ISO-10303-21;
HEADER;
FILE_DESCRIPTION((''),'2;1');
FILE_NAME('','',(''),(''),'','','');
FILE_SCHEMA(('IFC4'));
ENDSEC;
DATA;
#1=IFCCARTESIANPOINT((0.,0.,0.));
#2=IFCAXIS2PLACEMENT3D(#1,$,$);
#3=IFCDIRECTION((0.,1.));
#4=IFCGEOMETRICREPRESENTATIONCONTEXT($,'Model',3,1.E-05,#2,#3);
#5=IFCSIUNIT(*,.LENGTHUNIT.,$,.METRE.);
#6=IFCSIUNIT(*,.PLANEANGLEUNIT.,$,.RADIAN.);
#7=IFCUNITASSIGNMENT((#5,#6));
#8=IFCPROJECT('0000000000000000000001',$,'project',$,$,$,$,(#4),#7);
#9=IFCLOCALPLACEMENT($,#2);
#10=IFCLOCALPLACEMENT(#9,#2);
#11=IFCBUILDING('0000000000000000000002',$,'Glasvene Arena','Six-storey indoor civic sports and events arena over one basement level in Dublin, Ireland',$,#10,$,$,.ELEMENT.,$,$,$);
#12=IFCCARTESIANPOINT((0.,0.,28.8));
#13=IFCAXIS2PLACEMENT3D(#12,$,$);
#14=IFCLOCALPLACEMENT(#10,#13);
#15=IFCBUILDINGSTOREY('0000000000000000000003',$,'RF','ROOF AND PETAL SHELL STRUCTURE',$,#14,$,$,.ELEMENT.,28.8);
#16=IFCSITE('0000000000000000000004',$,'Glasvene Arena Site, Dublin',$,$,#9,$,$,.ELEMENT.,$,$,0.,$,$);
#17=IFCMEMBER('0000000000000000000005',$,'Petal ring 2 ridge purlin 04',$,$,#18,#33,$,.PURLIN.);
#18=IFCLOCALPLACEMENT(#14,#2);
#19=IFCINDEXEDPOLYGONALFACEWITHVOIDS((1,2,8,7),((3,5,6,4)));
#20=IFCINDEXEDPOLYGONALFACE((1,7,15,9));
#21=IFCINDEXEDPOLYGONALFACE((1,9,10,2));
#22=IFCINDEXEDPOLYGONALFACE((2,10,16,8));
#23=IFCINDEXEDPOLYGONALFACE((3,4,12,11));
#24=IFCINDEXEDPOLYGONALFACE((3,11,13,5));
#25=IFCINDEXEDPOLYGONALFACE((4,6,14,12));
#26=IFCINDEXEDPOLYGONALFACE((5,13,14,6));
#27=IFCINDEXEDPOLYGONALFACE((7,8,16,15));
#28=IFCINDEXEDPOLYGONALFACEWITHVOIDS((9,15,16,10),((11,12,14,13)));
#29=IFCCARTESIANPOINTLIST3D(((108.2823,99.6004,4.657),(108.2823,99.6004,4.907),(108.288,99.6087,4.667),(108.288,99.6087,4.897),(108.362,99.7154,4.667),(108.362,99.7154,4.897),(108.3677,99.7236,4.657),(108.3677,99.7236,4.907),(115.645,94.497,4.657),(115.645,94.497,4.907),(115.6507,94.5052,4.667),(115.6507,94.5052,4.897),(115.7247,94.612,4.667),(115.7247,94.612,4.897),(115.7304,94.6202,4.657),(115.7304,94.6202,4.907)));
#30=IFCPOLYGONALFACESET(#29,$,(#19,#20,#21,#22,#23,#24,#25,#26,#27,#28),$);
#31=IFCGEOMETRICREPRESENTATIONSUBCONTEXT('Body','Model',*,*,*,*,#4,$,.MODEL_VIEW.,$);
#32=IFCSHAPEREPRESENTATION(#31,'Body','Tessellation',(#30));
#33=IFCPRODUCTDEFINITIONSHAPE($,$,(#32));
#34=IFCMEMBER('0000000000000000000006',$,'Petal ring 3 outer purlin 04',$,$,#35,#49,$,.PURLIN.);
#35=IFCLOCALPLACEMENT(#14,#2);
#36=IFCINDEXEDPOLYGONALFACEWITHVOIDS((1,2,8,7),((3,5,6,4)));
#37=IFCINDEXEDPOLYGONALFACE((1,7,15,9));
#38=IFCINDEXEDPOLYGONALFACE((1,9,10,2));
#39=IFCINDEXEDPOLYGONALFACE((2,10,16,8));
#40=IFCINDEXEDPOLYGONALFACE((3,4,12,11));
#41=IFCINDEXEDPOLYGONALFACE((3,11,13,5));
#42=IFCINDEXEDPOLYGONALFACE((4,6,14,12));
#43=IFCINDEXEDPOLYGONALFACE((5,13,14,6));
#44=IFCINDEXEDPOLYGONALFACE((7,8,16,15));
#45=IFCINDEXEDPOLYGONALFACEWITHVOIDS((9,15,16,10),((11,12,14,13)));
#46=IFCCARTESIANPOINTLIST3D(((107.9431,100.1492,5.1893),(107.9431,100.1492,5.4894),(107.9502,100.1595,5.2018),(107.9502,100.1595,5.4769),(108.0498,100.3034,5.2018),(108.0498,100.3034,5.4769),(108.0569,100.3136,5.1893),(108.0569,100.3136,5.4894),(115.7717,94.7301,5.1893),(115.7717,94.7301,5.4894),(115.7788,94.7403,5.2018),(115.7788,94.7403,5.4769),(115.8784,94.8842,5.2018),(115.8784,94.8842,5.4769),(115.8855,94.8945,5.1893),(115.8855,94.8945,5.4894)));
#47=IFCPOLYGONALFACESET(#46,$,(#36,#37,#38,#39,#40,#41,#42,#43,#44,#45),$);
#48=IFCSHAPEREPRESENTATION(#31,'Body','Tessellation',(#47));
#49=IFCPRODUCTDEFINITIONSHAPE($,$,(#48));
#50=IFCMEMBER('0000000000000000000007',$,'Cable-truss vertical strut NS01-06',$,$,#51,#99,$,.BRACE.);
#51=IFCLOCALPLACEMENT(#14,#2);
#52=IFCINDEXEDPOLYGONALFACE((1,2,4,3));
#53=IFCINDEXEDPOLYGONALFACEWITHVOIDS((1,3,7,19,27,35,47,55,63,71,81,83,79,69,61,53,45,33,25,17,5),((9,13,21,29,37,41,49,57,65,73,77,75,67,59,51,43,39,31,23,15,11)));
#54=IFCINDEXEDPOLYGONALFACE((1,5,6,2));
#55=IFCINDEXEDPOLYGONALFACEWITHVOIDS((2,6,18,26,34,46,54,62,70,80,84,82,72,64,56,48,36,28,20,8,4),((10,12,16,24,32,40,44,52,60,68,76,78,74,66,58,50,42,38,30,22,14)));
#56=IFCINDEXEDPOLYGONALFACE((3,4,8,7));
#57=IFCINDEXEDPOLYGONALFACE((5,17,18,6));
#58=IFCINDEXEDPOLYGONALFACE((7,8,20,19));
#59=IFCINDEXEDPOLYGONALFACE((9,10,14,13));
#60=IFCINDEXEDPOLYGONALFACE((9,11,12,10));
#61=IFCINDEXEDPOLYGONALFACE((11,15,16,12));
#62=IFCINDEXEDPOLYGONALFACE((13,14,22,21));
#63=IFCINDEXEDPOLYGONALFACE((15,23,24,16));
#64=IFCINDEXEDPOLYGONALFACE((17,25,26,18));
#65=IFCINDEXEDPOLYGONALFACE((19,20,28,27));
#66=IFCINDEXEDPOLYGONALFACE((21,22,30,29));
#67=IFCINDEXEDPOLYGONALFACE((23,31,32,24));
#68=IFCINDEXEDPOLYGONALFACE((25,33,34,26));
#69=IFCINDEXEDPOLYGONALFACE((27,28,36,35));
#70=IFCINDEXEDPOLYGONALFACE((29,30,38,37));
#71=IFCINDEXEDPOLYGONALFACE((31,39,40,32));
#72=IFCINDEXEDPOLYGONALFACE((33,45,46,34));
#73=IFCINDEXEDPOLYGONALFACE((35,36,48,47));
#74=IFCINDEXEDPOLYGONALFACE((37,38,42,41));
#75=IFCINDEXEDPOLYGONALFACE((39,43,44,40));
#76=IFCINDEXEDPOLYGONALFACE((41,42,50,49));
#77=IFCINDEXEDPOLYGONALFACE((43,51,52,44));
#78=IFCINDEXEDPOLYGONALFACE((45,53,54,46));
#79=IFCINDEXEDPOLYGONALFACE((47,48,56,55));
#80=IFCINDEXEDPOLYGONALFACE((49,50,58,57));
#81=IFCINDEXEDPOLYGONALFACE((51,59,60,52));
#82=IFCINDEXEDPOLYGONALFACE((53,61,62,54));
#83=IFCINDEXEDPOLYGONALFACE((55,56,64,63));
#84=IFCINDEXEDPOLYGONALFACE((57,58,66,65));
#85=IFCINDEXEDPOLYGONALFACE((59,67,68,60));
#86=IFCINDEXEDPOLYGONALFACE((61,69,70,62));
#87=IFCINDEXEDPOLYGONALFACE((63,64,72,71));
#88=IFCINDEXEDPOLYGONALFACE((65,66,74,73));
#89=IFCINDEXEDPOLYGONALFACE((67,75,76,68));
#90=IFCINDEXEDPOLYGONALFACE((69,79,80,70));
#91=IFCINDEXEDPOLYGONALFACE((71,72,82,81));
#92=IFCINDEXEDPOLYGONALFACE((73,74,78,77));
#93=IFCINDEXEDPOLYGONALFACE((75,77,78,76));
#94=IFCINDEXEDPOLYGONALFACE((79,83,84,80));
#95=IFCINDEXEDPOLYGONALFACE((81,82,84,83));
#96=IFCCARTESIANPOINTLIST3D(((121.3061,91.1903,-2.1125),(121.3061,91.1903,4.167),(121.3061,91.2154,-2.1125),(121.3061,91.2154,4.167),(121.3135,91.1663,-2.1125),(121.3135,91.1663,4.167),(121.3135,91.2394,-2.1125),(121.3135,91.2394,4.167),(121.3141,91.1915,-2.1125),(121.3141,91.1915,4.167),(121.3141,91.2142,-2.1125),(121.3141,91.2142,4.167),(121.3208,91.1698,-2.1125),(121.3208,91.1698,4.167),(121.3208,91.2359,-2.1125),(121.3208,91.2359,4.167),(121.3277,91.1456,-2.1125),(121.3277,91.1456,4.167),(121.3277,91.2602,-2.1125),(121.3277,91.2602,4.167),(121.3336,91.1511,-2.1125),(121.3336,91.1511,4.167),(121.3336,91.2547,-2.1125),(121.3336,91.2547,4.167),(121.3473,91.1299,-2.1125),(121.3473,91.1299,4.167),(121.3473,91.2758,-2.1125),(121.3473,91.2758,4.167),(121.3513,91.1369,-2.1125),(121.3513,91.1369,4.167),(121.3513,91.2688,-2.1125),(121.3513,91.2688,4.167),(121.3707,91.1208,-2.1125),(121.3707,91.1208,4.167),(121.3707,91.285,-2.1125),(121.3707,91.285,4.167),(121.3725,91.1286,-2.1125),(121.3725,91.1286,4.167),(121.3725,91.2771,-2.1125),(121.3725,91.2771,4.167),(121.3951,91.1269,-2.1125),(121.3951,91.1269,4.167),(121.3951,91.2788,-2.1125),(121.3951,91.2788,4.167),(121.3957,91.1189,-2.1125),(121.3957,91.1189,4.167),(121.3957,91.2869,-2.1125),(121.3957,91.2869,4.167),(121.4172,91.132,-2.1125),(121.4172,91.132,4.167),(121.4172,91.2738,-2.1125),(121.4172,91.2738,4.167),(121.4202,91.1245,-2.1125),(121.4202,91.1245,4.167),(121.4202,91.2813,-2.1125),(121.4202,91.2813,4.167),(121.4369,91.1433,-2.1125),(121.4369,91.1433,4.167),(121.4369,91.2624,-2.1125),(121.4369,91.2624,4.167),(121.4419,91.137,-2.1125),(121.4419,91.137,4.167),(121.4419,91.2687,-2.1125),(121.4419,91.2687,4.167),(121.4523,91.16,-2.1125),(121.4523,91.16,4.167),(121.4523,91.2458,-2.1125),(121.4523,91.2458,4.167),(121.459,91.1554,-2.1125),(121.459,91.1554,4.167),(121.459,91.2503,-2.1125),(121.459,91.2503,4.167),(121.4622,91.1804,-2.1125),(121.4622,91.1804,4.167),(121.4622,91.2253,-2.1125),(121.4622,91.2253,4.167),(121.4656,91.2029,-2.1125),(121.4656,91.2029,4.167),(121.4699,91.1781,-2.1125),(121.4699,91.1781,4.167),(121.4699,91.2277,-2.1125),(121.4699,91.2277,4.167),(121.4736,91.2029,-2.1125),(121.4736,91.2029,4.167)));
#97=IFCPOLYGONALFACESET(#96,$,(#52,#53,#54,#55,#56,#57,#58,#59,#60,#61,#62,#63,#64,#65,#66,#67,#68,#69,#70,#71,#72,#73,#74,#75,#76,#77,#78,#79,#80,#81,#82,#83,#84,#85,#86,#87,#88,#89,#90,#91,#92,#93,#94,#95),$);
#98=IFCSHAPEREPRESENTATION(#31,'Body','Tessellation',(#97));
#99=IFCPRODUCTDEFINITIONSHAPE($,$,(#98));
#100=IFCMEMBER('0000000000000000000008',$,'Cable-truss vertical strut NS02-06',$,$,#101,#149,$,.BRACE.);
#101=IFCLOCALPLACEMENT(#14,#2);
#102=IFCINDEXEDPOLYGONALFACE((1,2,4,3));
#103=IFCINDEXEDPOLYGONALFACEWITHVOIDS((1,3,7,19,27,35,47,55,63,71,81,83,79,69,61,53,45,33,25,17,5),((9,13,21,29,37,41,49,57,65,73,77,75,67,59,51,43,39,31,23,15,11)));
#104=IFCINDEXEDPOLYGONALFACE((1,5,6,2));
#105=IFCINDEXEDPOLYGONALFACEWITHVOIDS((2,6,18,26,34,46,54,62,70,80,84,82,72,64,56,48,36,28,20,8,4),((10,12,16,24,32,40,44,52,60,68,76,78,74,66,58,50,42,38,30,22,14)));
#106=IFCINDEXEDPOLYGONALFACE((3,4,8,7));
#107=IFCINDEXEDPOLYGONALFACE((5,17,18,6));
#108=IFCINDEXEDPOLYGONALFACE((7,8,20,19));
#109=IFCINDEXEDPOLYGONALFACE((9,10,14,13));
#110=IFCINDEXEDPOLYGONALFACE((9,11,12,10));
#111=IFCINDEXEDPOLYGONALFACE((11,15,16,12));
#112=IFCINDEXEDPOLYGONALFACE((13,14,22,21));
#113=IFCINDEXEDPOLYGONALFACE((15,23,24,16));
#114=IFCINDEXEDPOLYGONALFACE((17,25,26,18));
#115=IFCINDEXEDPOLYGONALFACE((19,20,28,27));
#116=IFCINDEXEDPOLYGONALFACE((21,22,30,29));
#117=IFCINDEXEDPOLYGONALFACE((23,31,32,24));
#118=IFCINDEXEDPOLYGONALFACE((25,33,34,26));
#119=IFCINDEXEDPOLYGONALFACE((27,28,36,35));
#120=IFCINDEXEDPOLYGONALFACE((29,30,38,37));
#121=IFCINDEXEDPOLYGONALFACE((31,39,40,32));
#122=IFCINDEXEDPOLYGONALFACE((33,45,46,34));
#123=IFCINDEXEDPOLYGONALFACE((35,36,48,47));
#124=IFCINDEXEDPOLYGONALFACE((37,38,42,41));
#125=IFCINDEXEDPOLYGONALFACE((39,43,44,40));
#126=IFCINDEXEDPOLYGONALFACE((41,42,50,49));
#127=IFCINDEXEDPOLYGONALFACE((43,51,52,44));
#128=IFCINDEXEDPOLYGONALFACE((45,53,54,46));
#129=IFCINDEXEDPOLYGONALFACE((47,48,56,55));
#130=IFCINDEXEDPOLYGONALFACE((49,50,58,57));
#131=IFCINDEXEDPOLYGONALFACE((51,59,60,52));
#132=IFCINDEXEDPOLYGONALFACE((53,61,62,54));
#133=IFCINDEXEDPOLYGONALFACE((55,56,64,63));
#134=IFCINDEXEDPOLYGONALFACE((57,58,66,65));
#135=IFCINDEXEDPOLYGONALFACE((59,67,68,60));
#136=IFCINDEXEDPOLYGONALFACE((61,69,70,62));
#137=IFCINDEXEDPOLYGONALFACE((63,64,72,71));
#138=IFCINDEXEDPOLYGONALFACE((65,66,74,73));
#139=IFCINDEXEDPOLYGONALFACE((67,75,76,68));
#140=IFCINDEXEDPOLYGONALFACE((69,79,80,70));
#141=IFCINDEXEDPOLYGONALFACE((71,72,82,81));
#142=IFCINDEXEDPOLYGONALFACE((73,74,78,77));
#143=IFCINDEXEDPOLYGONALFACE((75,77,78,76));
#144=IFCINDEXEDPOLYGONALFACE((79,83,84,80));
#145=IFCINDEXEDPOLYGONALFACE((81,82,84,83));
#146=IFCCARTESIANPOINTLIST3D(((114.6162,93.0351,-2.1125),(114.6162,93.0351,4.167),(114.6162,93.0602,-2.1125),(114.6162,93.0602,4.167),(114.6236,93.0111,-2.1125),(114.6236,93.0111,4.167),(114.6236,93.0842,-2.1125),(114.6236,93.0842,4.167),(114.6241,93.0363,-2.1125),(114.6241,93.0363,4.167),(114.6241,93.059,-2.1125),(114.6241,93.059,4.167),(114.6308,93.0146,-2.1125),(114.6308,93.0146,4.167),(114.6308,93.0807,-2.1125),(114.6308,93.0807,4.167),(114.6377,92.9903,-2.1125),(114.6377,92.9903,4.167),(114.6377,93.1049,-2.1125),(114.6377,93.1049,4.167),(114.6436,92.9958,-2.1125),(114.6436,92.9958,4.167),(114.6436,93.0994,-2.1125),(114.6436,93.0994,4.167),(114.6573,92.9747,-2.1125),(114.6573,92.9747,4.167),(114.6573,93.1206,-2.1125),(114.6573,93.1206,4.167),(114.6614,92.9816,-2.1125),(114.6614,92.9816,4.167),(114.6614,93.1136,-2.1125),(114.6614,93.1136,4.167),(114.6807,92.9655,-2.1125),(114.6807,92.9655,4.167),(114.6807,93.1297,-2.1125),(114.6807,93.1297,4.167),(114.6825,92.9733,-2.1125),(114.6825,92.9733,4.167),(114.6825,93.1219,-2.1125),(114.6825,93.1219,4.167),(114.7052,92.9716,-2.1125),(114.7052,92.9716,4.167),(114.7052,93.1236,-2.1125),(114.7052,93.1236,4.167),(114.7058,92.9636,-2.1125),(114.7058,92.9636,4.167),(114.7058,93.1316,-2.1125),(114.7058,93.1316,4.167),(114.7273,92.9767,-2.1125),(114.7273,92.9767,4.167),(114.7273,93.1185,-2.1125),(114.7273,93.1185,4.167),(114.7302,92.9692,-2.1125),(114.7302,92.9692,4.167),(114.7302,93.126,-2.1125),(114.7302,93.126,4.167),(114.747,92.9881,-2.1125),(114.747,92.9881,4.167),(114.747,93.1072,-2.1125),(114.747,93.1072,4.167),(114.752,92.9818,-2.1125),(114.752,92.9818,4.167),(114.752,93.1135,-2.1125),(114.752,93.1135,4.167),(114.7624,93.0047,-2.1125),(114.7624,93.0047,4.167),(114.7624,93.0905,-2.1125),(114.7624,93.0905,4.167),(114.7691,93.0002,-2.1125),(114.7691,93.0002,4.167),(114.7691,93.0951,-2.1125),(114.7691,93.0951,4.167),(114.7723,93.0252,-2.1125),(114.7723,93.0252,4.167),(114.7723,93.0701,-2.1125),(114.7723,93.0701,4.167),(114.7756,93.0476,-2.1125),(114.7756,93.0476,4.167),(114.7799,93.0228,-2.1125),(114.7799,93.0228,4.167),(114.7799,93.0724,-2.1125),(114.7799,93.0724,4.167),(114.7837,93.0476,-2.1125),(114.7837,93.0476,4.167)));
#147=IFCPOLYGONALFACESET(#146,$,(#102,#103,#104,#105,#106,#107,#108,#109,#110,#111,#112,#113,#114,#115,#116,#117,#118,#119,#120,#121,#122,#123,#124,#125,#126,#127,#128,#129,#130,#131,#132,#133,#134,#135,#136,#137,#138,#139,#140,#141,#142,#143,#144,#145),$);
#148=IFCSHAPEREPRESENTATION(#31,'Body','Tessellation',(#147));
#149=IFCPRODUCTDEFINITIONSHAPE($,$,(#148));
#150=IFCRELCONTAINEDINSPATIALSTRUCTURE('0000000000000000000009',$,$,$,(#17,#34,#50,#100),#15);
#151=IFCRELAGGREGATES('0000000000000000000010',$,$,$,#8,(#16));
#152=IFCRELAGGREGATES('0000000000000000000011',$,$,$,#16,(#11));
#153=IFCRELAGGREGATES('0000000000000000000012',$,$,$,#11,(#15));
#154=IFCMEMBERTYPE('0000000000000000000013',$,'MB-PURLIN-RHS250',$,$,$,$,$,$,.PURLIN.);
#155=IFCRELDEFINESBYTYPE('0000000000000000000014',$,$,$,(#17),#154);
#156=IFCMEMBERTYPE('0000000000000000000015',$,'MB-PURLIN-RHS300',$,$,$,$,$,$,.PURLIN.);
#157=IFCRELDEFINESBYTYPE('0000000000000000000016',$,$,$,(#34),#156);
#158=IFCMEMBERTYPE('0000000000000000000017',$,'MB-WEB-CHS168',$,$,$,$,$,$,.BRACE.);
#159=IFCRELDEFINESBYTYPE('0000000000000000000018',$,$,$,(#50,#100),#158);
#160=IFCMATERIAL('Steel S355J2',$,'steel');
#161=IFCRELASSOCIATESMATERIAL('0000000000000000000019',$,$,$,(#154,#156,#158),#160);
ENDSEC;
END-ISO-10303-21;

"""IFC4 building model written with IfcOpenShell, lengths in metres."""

from ifc_helpers import new_model, si_unit, direction, frame, origin, origin_2d, place, context, subcontext, project, spatial, hollow_rectangle, hollow_circle, extrude, material, material_profile, profile_set, type_object, element, save


model = new_model("IFC4")

# Units and contexts
model_context = context("Model", 3, precision=1e-05, world=origin(), true_north=direction((0.0, 1.0)))
body_context = subcontext(model_context, "Body", "Model", "MODEL_VIEW")
ifc_project = project(units=[si_unit("LENGTHUNIT", "METRE"), si_unit("PLANEANGLEUNIT", "RADIAN")], contexts=[model_context])

# Site, building, storey
site_placement = place(None, origin())
site = spatial("IfcSite", under=ifc_project, at=site_placement, Name="Glasvene Arena Site, Dublin", CompositionType="ELEMENT", RefElevation=0.0)
building_placement = place(site_placement, origin())
building = spatial("IfcBuilding", under=site, at=building_placement, Name="Glasvene Arena", Description="Six-storey indoor civic sports and events arena over one basement level in Dublin, Ireland", CompositionType="ELEMENT")
storey_placement = place(building_placement, frame((0.0, 0.0, 28.8)))
storey = spatial("IfcBuildingStorey", under=building, at=storey_placement, Name="RF", Description="ROOF AND PETAL SHELL STRUCTURE", CompositionType="ELEMENT", Elevation=28.8)

# Members
ifc_material_1 = material(Name="Steel S355J2", Category="steel")
ifc_material_profile_1 = material_profile(ifc_material_1, hollow_rectangle(XDim=0.1499, YDim=0.25, WallThickness=0.01, at=origin_2d()), Name="RHS 250x150x10.0")
ifc_profile_set_1 = profile_set([ifc_material_profile_1], Name="Steel S355J2")
member_type_1 = type_object("IfcMemberType", Name="MB-PURLIN-RHS250", PredefinedType="PURLIN", material=ifc_profile_set_1)
member_1_placement = place(storey_placement, frame((115.6877, 94.5586, 4.782), z_axis=(-0.821868, 0.569678, 0.0), x_axis=(-0.569678, -0.821868, 0.0)))
element("IfcMember", 1, at=member_1_placement, inside=storey, type_object=member_type_1, Name="Petal ring 2 ridge purlin 04", PredefinedType="PURLIN", context=body_context, shape_type="SweptSolid", body=[
    extrude(hollow_rectangle(XDim=0.1499, YDim=0.25, WallThickness=0.01, at=origin_2d()), origin(), (0.0, 0.0, 1.0), 8.9585),
])
ifc_material_profile_2 = material_profile(ifc_material_1, hollow_rectangle(XDim=0.2, YDim=0.3, WallThickness=0.0125, at=origin_2d()), Name="RHS 300x200x12.5")
ifc_profile_set_2 = profile_set([ifc_material_profile_2], Name="Steel S355J2")
member_type_2 = type_object("IfcMemberType", Name="MB-PURLIN-RHS300", PredefinedType="PURLIN", material=ifc_profile_set_2)
member_2_placement = place(storey_placement, frame((115.8286, 94.8123, 5.3394), z_axis=(-0.822223, 0.569166, 0.0), x_axis=(-0.569166, -0.822223, 0.0)))
element("IfcMember", 2, at=member_2_placement, inside=storey, type_object=member_type_2, Name="Petal ring 3 outer purlin 04", PredefinedType="PURLIN", context=body_context, shape_type="SweptSolid", body=[
    extrude(hollow_rectangle(XDim=0.2, YDim=0.3, WallThickness=0.0125, at=origin_2d()), origin(), (0.0, 0.0, 1.0), 9.5212),
])
ifc_material_profile_3 = material_profile(ifc_material_1, hollow_circle(Radius=0.0842, WallThickness=0.0081, at=origin_2d()), Name="CHS 168.3x8.0")
ifc_profile_set_3 = profile_set([ifc_material_profile_3], Name="Steel S355J2")
member_type_3 = type_object("IfcMemberType", Name="MB-WEB-CHS168", PredefinedType="BRACE", material=ifc_profile_set_3)
for number, where, z_axis, x_axis, name in (
    (3, (121.3894, 91.2029, -2.1125), (0.0, 0.0, 1.0), (1.0, 0.0, 0.0), "Cable-truss vertical strut NS01-06"),
    (4, (114.6995, 93.0476, -2.1125), (0.0, 0.0, 1.0), (1.0, 0.0, 0.0), "Cable-truss vertical strut NS02-06"),
):
    element("IfcMember", number, at=place(storey_placement, frame(where, z_axis=z_axis, x_axis=x_axis)), inside=storey, type_object=member_type_3, Name=name, PredefinedType="BRACE", context=body_context, shape_type="SweptSolid", body=[
        extrude(hollow_circle(Radius=0.0842, WallThickness=0.0081, at=origin_2d()), origin(), (0.0, 0.0, 1.0), 6.2795),
    ])

save(model, "model.ifc")
